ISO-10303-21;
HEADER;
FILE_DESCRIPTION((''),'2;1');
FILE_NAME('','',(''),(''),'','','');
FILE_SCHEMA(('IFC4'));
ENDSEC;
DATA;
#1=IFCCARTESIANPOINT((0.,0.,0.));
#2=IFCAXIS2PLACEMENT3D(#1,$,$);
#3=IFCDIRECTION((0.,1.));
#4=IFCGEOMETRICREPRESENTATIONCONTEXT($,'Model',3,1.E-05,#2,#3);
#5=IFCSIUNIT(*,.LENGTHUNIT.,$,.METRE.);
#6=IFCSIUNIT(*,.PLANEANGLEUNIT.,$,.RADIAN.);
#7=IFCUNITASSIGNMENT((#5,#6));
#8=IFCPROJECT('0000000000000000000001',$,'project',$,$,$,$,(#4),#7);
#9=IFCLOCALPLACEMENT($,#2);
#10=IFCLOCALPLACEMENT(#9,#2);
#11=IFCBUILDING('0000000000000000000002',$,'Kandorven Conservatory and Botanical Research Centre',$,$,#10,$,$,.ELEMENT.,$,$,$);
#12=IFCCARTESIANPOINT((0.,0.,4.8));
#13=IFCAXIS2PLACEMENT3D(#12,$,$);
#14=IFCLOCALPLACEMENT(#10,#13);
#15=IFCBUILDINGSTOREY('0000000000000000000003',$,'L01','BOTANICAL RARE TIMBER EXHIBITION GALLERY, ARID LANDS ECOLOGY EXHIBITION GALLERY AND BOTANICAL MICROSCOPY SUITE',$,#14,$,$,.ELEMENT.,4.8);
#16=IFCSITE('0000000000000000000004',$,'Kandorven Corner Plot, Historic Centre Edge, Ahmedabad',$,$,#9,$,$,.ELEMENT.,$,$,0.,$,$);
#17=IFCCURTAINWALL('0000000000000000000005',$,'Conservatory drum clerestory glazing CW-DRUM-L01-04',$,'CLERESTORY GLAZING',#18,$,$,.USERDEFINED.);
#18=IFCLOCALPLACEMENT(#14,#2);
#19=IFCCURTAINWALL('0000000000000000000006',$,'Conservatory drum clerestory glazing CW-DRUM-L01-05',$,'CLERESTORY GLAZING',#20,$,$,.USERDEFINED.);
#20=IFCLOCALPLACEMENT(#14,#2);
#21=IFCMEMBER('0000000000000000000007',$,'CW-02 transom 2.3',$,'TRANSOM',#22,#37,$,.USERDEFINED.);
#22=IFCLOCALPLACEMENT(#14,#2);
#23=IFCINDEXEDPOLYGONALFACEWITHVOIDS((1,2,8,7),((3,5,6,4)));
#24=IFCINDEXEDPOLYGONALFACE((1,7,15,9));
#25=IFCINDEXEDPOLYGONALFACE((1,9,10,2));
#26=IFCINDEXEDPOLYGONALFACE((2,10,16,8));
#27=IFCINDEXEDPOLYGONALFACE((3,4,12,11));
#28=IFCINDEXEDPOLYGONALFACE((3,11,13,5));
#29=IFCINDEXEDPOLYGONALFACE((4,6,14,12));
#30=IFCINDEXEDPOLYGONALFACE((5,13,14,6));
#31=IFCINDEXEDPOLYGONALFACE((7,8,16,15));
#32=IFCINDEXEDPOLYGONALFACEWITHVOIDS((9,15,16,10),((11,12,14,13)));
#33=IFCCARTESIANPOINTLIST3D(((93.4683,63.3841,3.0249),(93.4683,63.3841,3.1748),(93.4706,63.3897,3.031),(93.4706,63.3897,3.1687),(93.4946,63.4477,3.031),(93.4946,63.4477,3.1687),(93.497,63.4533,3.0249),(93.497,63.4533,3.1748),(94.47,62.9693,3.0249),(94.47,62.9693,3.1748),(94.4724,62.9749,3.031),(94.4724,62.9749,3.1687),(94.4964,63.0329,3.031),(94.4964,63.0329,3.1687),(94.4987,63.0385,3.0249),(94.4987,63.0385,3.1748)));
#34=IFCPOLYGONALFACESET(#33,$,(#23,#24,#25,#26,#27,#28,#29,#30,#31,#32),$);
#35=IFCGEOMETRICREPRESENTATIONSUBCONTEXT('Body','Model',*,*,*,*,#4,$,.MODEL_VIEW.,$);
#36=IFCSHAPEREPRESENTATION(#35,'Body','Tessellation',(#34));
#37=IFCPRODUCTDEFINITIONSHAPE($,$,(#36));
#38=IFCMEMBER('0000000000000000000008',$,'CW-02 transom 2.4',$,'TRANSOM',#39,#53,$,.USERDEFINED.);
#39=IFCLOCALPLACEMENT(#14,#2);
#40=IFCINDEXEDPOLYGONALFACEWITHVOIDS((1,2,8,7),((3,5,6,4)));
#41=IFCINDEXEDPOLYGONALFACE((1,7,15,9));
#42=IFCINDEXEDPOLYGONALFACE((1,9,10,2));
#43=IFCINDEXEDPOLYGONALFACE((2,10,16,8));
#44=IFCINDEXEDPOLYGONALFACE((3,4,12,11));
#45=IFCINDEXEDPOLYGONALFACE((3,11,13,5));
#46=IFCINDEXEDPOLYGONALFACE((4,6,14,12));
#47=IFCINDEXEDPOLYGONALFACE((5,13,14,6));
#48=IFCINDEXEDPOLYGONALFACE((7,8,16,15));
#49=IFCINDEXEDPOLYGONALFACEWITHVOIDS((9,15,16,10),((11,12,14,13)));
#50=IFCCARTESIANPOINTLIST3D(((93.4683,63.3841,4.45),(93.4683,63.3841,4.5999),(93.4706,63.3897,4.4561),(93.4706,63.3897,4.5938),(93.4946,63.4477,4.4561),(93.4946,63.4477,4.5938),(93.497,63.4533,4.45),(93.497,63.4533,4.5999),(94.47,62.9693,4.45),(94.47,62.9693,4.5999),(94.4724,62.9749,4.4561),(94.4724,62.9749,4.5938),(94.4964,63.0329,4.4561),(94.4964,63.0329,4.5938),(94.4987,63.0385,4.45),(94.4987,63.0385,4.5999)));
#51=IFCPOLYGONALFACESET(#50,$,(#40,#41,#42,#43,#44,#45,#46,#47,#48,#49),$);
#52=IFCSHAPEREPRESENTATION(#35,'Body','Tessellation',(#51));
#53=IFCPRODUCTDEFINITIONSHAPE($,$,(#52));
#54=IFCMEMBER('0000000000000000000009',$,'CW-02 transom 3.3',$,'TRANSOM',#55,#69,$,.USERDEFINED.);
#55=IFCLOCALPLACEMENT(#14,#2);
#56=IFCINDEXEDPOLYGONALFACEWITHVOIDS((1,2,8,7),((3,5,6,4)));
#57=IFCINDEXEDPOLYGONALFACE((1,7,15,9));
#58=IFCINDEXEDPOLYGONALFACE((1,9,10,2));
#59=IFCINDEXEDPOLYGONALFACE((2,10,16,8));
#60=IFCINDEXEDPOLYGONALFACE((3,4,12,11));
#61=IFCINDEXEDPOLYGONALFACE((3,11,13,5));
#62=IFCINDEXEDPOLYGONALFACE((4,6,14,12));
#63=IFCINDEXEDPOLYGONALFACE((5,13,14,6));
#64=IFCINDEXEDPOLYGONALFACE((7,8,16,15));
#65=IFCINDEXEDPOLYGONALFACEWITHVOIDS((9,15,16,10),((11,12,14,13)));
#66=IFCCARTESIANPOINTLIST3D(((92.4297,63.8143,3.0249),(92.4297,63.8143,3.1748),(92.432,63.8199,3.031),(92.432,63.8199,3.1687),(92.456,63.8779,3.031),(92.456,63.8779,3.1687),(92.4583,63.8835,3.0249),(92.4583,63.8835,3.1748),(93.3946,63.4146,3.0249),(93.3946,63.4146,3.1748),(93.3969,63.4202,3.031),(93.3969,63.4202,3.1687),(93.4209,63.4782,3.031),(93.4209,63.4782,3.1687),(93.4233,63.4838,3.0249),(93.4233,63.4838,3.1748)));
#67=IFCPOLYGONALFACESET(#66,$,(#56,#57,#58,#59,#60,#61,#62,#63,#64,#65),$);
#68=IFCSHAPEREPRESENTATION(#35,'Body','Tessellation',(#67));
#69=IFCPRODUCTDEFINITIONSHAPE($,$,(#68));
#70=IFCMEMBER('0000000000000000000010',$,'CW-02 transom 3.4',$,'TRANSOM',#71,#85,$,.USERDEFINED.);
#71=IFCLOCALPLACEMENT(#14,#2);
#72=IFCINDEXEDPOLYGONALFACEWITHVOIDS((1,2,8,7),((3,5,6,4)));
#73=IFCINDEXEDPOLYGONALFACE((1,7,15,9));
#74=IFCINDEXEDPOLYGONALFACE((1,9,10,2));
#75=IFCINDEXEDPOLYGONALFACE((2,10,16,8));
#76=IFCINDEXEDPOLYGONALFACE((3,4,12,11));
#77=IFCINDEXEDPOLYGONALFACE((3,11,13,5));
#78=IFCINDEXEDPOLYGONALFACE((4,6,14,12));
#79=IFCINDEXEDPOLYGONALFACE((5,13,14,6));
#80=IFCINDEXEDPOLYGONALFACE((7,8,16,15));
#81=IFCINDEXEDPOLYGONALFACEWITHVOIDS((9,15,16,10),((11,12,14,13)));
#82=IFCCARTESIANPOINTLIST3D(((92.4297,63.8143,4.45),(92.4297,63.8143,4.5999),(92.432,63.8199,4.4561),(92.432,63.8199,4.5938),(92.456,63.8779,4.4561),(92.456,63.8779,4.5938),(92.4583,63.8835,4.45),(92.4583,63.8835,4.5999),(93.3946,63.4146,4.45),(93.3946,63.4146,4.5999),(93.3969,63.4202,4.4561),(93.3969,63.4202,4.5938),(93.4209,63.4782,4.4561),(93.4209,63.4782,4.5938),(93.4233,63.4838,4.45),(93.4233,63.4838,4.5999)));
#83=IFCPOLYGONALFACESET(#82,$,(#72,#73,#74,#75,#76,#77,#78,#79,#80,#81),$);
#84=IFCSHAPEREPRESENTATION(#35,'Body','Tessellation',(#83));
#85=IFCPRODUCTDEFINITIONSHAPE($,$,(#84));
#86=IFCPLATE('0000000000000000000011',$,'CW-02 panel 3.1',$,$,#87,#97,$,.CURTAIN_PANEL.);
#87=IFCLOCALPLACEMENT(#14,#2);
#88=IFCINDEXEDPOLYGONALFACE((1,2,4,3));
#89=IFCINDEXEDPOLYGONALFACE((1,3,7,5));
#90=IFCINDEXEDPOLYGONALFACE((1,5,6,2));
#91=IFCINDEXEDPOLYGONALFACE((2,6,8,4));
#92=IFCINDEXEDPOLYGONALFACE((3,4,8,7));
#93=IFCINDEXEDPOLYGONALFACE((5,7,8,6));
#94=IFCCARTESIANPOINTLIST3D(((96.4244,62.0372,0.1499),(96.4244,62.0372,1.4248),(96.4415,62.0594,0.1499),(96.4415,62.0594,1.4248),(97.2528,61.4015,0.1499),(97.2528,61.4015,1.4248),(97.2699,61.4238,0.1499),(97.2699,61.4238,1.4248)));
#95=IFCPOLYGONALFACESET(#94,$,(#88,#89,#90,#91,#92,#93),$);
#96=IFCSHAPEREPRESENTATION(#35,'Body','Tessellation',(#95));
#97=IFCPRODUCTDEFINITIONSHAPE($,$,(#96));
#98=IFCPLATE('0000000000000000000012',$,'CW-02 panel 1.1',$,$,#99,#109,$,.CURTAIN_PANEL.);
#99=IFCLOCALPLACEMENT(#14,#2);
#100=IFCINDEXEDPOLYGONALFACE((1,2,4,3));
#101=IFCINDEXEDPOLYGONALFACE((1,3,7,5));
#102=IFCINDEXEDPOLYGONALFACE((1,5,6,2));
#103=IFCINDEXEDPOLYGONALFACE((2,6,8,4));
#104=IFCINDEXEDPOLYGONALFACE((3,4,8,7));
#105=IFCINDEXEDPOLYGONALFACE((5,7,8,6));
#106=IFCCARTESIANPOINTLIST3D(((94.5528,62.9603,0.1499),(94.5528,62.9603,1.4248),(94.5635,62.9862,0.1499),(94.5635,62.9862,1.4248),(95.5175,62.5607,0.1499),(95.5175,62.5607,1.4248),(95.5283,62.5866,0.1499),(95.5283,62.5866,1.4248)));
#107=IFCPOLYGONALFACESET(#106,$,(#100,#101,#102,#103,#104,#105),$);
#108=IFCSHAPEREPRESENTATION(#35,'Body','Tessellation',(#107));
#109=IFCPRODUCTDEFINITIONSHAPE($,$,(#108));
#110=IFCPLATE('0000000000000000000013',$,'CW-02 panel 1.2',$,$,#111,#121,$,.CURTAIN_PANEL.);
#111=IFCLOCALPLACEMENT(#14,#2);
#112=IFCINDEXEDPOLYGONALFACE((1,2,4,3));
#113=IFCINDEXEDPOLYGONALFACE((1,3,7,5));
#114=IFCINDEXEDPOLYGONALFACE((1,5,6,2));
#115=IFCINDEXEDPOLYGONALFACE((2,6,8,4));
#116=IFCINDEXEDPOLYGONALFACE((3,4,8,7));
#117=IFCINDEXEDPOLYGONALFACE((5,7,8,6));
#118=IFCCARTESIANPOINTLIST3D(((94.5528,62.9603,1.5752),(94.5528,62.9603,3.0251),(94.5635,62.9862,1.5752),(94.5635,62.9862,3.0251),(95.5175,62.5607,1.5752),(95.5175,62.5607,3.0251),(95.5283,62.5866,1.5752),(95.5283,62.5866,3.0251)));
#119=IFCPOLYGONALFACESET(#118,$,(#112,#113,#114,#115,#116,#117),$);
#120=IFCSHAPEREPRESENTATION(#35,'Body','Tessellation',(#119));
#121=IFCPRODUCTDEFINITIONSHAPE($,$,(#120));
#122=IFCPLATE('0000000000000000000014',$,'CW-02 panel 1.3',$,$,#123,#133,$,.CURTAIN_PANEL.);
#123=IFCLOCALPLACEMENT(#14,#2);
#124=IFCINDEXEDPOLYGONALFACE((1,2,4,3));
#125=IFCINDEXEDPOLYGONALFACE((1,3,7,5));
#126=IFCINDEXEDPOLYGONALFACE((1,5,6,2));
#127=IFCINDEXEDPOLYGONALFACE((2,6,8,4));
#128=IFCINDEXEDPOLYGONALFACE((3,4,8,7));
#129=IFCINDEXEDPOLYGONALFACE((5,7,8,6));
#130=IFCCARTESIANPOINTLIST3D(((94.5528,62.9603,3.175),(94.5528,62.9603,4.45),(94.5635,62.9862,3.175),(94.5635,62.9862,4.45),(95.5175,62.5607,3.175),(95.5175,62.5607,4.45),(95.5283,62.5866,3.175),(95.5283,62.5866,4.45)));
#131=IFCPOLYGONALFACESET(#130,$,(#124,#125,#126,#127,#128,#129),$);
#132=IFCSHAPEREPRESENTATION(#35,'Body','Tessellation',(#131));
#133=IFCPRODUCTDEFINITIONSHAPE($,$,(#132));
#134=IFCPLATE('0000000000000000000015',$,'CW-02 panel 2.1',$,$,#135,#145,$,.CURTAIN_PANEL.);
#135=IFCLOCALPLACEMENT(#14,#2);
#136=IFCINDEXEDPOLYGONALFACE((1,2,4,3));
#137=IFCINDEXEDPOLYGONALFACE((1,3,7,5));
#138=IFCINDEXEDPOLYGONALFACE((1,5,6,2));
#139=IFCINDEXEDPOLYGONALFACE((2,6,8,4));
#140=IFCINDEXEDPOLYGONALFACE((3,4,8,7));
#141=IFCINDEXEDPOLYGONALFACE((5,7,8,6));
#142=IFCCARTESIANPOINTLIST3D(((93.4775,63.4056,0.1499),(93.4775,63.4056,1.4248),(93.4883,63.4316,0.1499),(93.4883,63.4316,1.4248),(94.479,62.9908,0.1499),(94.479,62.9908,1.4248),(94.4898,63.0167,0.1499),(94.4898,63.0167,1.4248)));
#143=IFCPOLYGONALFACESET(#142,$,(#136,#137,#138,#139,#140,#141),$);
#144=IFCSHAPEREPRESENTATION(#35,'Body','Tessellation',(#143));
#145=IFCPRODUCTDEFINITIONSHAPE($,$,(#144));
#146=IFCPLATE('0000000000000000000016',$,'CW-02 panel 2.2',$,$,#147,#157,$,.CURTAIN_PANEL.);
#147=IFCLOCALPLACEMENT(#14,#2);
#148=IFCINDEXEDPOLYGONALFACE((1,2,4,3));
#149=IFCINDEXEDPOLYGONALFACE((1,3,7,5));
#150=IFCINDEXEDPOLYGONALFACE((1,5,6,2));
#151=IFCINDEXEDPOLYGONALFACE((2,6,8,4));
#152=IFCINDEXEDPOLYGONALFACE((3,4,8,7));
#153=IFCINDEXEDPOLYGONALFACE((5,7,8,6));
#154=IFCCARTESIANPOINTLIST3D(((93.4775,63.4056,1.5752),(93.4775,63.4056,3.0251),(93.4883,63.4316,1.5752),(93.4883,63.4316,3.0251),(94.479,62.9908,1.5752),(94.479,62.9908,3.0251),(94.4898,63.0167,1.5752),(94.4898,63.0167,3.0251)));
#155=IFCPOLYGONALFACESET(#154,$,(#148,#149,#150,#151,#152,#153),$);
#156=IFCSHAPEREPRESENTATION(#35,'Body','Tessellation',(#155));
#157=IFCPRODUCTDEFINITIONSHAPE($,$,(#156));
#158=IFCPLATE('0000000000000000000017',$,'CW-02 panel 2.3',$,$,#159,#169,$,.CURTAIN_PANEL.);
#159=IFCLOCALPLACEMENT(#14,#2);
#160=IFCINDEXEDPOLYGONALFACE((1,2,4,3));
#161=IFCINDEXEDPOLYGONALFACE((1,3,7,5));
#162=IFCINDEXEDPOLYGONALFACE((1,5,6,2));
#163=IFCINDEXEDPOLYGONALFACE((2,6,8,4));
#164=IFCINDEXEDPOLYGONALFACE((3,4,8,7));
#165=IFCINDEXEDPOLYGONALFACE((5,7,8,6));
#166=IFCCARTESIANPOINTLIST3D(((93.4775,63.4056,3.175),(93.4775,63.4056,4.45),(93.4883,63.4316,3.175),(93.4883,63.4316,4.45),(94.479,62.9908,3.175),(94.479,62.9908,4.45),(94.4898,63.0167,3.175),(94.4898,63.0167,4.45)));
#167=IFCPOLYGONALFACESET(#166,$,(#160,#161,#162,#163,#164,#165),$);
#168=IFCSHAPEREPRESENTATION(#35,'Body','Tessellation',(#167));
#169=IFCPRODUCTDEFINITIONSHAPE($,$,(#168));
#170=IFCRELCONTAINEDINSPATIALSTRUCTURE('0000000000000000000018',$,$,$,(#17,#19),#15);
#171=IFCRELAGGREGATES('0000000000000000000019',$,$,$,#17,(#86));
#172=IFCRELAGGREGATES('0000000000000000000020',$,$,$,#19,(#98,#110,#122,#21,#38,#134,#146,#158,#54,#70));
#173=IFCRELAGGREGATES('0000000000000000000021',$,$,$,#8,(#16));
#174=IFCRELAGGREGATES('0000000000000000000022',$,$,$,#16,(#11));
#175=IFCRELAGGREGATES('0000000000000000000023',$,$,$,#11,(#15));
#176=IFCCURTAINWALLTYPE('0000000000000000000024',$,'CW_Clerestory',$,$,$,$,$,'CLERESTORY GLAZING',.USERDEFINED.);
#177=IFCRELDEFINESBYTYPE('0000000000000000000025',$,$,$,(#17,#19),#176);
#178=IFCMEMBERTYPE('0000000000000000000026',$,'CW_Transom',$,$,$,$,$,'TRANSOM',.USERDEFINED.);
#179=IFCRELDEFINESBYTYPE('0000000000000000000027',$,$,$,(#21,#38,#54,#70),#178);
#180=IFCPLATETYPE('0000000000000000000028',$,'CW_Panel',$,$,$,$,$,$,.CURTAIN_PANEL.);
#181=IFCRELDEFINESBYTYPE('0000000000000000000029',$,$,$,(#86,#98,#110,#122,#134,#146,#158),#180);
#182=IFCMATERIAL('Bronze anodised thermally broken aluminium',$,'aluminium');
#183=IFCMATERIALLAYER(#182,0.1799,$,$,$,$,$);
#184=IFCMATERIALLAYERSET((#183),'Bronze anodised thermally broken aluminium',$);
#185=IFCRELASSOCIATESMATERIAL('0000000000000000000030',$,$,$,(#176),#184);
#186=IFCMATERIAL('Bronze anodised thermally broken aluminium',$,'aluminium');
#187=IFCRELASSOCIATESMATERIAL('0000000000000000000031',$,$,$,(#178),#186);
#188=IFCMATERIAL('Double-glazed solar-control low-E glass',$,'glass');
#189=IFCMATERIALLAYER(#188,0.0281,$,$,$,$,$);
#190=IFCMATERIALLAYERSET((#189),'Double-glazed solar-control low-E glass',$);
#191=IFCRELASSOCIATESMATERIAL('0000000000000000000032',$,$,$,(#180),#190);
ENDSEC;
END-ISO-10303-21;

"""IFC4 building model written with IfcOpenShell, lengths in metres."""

from ifc_helpers import new_model, si_unit, direction, frame, origin, origin_2d, place, context, subcontext, project, spatial, rectangle, hollow_rectangle, extrude, material, layer, layer_set, material_profile, profile_set, type_object, element, aggregate, save


model = new_model("IFC4")

# Units and contexts
model_context = context("Model", 3, precision=1e-05, world=origin(), true_north=direction((0.0, 1.0)))
body_context = subcontext(model_context, "Body", "Model", "MODEL_VIEW")
ifc_project = project(units=[si_unit("LENGTHUNIT", "METRE"), si_unit("PLANEANGLEUNIT", "RADIAN")], contexts=[model_context])

# Site, building, storey
site_placement = place(None, origin())
site = spatial("IfcSite", under=ifc_project, at=site_placement, Name="Kandorven Corner Plot, Historic Centre Edge, Ahmedabad", CompositionType="ELEMENT", RefElevation=0.0)
building_placement = place(site_placement, origin())
building = spatial("IfcBuilding", under=site, at=building_placement, Name="Kandorven Conservatory and Botanical Research Centre", CompositionType="ELEMENT")
storey_placement = place(building_placement, frame((0.0, 0.0, 4.8)))
storey = spatial("IfcBuildingStorey", under=building, at=storey_placement, Name="L01", Description="BOTANICAL RARE TIMBER EXHIBITION GALLERY, ARID LANDS ECOLOGY EXHIBITION GALLERY AND BOTANICAL MICROSCOPY SUITE", CompositionType="ELEMENT", Elevation=4.8)

# Curtain wall
ifc_material_1 = material(Name="Bronze anodised thermally broken aluminium", Category="aluminium")
ifc_layer_1 = layer(ifc_material_1, 0.1799)
ifc_layer_set_1 = layer_set([ifc_layer_1], Name="Bronze anodised thermally broken aluminium")
curtain_wall_type = type_object("IfcCurtainWallType", Name="CW_Clerestory", ElementType="CLERESTORY GLAZING", PredefinedType="USERDEFINED", material=ifc_layer_set_1)
curtain_wall_1_placement = place(storey_placement, origin())
curtain_wall_1 = element("IfcCurtainWall", 1, at=curtain_wall_1_placement, inside=storey, type_object=curtain_wall_type, Name="Conservatory drum clerestory glazing CW-DRUM-L01-04", ObjectType="CLERESTORY GLAZING", PredefinedType="USERDEFINED")

# Curtain wall, members
curtain_wall_2_placement = place(storey_placement, origin())
curtain_wall_2 = element("IfcCurtainWall", 2, at=curtain_wall_2_placement, inside=storey, type_object=curtain_wall_type, Name="Conservatory drum clerestory glazing CW-DRUM-L01-05", ObjectType="CLERESTORY GLAZING", PredefinedType="USERDEFINED")
ifc_material_2 = material(Name="Bronze anodised thermally broken aluminium", Category="aluminium")
ifc_material_profile_1 = material_profile(ifc_material_2, hollow_rectangle(XDim=0.075, YDim=0.1499, WallThickness=0.0061, at=origin_2d()))
ifc_profile_set_1 = profile_set([ifc_material_profile_1], Name="Bronze anodised thermally broken aluminium")
member_type_1 = type_object("IfcMemberType", Name="CW_Transom", ElementType="TRANSOM", PredefinedType="USERDEFINED", material=ifc_profile_set_1)
member_1_placement = place(storey_placement, frame((94.4844, 63.0039, 3.0999), z_axis=(-0.923921, 0.382584, 0.0), x_axis=(-0.382584, -0.923921, 0.0)))
member_1 = element("IfcMember", 3, at=member_1_placement, type_object=member_type_1, Name="CW-02 transom 2.3", ObjectType="TRANSOM", PredefinedType="USERDEFINED", context=body_context, shape_type="SweptSolid", body=[
    extrude(hollow_rectangle(XDim=0.075, YDim=0.1499, WallThickness=0.0061, at=origin_2d()), origin(), (0.0, 0.0, 1.0), 1.0842),
])
member_2_placement = place(storey_placement, frame((94.4844, 63.0039, 4.5249), z_axis=(-0.923921, 0.382584, 0.0), x_axis=(-0.382584, -0.923921, 0.0)))
member_2 = element("IfcMember", 4, at=member_2_placement, type_object=member_type_1, Name="CW-02 transom 2.4", ObjectType="TRANSOM", PredefinedType="USERDEFINED", context=body_context, shape_type="SweptSolid", body=[
    extrude(hollow_rectangle(XDim=0.075, YDim=0.1499, WallThickness=0.0061, at=origin_2d()), origin(), (0.0, 0.0, 1.0), 1.0842),
])
member_3_placement = place(storey_placement, frame((93.4089, 63.4492, 3.0999), z_axis=(-0.923877, 0.382689, 0.0), x_axis=(-0.382689, -0.923877, 0.0)))
member_3 = element("IfcMember", 5, at=member_3_placement, type_object=member_type_1, Name="CW-02 transom 3.3", ObjectType="TRANSOM", PredefinedType="USERDEFINED", context=body_context, shape_type="SweptSolid", body=[
    extrude(hollow_rectangle(XDim=0.075, YDim=0.1499, WallThickness=0.0061, at=origin_2d()), origin(), (0.0, 0.0, 1.0), 1.0444),
])
member_4_placement = place(storey_placement, frame((93.4089, 63.4492, 4.5249), z_axis=(-0.923877, 0.382689, 0.0), x_axis=(-0.382689, -0.923877, 0.0)))
member_4 = element("IfcMember", 6, at=member_4_placement, type_object=member_type_1, Name="CW-02 transom 3.4", ObjectType="TRANSOM", PredefinedType="USERDEFINED", context=body_context, shape_type="SweptSolid", body=[
    extrude(hollow_rectangle(XDim=0.075, YDim=0.1499, WallThickness=0.0061, at=origin_2d()), origin(), (0.0, 0.0, 1.0), 1.0444),
])

# Plates
ifc_material_3 = material(Name="Double-glazed solar-control low-E glass", Category="glass")
ifc_layer_2 = layer(ifc_material_3, 0.0281)
ifc_layer_set_2 = layer_set([ifc_layer_2], Name="Double-glazed solar-control low-E glass")
plate_type = type_object("IfcPlateType", Name="CW_Panel", PredefinedType="CURTAIN_PANEL", material=ifc_layer_set_2)
plate_1_placement = place(storey_placement, frame((96.8472, 61.7305, 0.1499), z_axis=(0.0, 0.0, 1.0), x_axis=(-0.793347, 0.608769, 0.0)))
plate_1 = element("IfcPlate", 7, at=plate_1_placement, type_object=plate_type, Name="CW-02 panel 3.1", PredefinedType="CURTAIN_PANEL", context=body_context, shape_type="SweptSolid", body=[
    extrude(rectangle(XDim=1.0442, YDim=0.0281, at=origin_2d()), origin(), (0.0, 0.0, 1.0), 1.2749),
])
aggregate(curtain_wall_1, [plate_1])
plate_2_placement = place(storey_placement, frame((95.0405, 62.7734, 0.1499), z_axis=(0.0, 0.0, 1.0), x_axis=(-0.923886, 0.382669, 0.0)))
plate_2 = element("IfcPlate", 8, at=plate_2_placement, type_object=plate_type, Name="CW-02 panel 1.1", PredefinedType="CURTAIN_PANEL", context=body_context, shape_type="SweptSolid", body=[
    extrude(rectangle(XDim=1.0442, YDim=0.0281, at=origin_2d()), origin(), (0.0, 0.0, 1.0), 1.2749),
])
plate_3_placement = place(storey_placement, frame((95.0405, 62.7734, 1.5752), z_axis=(0.0, 0.0, 1.0), x_axis=(-0.923886, 0.382669, 0.0)))
plate_3 = element("IfcPlate", 9, at=plate_3_placement, type_object=plate_type, Name="CW-02 panel 1.2", PredefinedType="CURTAIN_PANEL", context=body_context, shape_type="SweptSolid", body=[
    extrude(rectangle(XDim=1.0442, YDim=0.0281, at=origin_2d()), origin(), (0.0, 0.0, 1.0), 1.45),
])
plate_4_placement = place(storey_placement, frame((95.0405, 62.7734, 3.175), z_axis=(0.0, 0.0, 1.0), x_axis=(-0.923886, 0.382669, 0.0)))
plate_4 = element("IfcPlate", 10, at=plate_4_placement, type_object=plate_type, Name="CW-02 panel 1.3", PredefinedType="CURTAIN_PANEL", context=body_context, shape_type="SweptSolid", body=[
    extrude(rectangle(XDim=1.0442, YDim=0.0281, at=origin_2d()), origin(), (0.0, 0.0, 1.0), 1.2749),
])
plate_5_placement = place(storey_placement, frame((93.9836, 63.2112, 0.1499), z_axis=(0.0, 0.0, 1.0), x_axis=(-0.923886, 0.382669, 0.0)))
plate_5 = element("IfcPlate", 11, at=plate_5_placement, type_object=plate_type, Name="CW-02 panel 2.1", PredefinedType="CURTAIN_PANEL", context=body_context, shape_type="SweptSolid", body=[
    extrude(rectangle(XDim=1.084, YDim=0.0281, at=origin_2d()), origin(), (0.0, 0.0, 1.0), 1.2749),
])
plate_6_placement = place(storey_placement, frame((93.9836, 63.2112, 1.5752), z_axis=(0.0, 0.0, 1.0), x_axis=(-0.923886, 0.382669, 0.0)))
plate_6 = element("IfcPlate", 12, at=plate_6_placement, type_object=plate_type, Name="CW-02 panel 2.2", PredefinedType="CURTAIN_PANEL", context=body_context, shape_type="SweptSolid", body=[
    extrude(rectangle(XDim=1.084, YDim=0.0281, at=origin_2d()), origin(), (0.0, 0.0, 1.0), 1.45),
])
plate_7_placement = place(storey_placement, frame((93.9836, 63.2112, 3.175), z_axis=(0.0, 0.0, 1.0), x_axis=(-0.923886, 0.382669, 0.0)))
plate_7 = element("IfcPlate", 13, at=plate_7_placement, type_object=plate_type, Name="CW-02 panel 2.3", PredefinedType="CURTAIN_PANEL", context=body_context, shape_type="SweptSolid", body=[
    extrude(rectangle(XDim=1.084, YDim=0.0281, at=origin_2d()), origin(), (0.0, 0.0, 1.0), 1.2749),
])
aggregate(curtain_wall_2, [plate_2, plate_3, plate_4, member_1, member_2, plate_5, plate_6, plate_7, member_3, member_4])

save(model, "model.ifc")
